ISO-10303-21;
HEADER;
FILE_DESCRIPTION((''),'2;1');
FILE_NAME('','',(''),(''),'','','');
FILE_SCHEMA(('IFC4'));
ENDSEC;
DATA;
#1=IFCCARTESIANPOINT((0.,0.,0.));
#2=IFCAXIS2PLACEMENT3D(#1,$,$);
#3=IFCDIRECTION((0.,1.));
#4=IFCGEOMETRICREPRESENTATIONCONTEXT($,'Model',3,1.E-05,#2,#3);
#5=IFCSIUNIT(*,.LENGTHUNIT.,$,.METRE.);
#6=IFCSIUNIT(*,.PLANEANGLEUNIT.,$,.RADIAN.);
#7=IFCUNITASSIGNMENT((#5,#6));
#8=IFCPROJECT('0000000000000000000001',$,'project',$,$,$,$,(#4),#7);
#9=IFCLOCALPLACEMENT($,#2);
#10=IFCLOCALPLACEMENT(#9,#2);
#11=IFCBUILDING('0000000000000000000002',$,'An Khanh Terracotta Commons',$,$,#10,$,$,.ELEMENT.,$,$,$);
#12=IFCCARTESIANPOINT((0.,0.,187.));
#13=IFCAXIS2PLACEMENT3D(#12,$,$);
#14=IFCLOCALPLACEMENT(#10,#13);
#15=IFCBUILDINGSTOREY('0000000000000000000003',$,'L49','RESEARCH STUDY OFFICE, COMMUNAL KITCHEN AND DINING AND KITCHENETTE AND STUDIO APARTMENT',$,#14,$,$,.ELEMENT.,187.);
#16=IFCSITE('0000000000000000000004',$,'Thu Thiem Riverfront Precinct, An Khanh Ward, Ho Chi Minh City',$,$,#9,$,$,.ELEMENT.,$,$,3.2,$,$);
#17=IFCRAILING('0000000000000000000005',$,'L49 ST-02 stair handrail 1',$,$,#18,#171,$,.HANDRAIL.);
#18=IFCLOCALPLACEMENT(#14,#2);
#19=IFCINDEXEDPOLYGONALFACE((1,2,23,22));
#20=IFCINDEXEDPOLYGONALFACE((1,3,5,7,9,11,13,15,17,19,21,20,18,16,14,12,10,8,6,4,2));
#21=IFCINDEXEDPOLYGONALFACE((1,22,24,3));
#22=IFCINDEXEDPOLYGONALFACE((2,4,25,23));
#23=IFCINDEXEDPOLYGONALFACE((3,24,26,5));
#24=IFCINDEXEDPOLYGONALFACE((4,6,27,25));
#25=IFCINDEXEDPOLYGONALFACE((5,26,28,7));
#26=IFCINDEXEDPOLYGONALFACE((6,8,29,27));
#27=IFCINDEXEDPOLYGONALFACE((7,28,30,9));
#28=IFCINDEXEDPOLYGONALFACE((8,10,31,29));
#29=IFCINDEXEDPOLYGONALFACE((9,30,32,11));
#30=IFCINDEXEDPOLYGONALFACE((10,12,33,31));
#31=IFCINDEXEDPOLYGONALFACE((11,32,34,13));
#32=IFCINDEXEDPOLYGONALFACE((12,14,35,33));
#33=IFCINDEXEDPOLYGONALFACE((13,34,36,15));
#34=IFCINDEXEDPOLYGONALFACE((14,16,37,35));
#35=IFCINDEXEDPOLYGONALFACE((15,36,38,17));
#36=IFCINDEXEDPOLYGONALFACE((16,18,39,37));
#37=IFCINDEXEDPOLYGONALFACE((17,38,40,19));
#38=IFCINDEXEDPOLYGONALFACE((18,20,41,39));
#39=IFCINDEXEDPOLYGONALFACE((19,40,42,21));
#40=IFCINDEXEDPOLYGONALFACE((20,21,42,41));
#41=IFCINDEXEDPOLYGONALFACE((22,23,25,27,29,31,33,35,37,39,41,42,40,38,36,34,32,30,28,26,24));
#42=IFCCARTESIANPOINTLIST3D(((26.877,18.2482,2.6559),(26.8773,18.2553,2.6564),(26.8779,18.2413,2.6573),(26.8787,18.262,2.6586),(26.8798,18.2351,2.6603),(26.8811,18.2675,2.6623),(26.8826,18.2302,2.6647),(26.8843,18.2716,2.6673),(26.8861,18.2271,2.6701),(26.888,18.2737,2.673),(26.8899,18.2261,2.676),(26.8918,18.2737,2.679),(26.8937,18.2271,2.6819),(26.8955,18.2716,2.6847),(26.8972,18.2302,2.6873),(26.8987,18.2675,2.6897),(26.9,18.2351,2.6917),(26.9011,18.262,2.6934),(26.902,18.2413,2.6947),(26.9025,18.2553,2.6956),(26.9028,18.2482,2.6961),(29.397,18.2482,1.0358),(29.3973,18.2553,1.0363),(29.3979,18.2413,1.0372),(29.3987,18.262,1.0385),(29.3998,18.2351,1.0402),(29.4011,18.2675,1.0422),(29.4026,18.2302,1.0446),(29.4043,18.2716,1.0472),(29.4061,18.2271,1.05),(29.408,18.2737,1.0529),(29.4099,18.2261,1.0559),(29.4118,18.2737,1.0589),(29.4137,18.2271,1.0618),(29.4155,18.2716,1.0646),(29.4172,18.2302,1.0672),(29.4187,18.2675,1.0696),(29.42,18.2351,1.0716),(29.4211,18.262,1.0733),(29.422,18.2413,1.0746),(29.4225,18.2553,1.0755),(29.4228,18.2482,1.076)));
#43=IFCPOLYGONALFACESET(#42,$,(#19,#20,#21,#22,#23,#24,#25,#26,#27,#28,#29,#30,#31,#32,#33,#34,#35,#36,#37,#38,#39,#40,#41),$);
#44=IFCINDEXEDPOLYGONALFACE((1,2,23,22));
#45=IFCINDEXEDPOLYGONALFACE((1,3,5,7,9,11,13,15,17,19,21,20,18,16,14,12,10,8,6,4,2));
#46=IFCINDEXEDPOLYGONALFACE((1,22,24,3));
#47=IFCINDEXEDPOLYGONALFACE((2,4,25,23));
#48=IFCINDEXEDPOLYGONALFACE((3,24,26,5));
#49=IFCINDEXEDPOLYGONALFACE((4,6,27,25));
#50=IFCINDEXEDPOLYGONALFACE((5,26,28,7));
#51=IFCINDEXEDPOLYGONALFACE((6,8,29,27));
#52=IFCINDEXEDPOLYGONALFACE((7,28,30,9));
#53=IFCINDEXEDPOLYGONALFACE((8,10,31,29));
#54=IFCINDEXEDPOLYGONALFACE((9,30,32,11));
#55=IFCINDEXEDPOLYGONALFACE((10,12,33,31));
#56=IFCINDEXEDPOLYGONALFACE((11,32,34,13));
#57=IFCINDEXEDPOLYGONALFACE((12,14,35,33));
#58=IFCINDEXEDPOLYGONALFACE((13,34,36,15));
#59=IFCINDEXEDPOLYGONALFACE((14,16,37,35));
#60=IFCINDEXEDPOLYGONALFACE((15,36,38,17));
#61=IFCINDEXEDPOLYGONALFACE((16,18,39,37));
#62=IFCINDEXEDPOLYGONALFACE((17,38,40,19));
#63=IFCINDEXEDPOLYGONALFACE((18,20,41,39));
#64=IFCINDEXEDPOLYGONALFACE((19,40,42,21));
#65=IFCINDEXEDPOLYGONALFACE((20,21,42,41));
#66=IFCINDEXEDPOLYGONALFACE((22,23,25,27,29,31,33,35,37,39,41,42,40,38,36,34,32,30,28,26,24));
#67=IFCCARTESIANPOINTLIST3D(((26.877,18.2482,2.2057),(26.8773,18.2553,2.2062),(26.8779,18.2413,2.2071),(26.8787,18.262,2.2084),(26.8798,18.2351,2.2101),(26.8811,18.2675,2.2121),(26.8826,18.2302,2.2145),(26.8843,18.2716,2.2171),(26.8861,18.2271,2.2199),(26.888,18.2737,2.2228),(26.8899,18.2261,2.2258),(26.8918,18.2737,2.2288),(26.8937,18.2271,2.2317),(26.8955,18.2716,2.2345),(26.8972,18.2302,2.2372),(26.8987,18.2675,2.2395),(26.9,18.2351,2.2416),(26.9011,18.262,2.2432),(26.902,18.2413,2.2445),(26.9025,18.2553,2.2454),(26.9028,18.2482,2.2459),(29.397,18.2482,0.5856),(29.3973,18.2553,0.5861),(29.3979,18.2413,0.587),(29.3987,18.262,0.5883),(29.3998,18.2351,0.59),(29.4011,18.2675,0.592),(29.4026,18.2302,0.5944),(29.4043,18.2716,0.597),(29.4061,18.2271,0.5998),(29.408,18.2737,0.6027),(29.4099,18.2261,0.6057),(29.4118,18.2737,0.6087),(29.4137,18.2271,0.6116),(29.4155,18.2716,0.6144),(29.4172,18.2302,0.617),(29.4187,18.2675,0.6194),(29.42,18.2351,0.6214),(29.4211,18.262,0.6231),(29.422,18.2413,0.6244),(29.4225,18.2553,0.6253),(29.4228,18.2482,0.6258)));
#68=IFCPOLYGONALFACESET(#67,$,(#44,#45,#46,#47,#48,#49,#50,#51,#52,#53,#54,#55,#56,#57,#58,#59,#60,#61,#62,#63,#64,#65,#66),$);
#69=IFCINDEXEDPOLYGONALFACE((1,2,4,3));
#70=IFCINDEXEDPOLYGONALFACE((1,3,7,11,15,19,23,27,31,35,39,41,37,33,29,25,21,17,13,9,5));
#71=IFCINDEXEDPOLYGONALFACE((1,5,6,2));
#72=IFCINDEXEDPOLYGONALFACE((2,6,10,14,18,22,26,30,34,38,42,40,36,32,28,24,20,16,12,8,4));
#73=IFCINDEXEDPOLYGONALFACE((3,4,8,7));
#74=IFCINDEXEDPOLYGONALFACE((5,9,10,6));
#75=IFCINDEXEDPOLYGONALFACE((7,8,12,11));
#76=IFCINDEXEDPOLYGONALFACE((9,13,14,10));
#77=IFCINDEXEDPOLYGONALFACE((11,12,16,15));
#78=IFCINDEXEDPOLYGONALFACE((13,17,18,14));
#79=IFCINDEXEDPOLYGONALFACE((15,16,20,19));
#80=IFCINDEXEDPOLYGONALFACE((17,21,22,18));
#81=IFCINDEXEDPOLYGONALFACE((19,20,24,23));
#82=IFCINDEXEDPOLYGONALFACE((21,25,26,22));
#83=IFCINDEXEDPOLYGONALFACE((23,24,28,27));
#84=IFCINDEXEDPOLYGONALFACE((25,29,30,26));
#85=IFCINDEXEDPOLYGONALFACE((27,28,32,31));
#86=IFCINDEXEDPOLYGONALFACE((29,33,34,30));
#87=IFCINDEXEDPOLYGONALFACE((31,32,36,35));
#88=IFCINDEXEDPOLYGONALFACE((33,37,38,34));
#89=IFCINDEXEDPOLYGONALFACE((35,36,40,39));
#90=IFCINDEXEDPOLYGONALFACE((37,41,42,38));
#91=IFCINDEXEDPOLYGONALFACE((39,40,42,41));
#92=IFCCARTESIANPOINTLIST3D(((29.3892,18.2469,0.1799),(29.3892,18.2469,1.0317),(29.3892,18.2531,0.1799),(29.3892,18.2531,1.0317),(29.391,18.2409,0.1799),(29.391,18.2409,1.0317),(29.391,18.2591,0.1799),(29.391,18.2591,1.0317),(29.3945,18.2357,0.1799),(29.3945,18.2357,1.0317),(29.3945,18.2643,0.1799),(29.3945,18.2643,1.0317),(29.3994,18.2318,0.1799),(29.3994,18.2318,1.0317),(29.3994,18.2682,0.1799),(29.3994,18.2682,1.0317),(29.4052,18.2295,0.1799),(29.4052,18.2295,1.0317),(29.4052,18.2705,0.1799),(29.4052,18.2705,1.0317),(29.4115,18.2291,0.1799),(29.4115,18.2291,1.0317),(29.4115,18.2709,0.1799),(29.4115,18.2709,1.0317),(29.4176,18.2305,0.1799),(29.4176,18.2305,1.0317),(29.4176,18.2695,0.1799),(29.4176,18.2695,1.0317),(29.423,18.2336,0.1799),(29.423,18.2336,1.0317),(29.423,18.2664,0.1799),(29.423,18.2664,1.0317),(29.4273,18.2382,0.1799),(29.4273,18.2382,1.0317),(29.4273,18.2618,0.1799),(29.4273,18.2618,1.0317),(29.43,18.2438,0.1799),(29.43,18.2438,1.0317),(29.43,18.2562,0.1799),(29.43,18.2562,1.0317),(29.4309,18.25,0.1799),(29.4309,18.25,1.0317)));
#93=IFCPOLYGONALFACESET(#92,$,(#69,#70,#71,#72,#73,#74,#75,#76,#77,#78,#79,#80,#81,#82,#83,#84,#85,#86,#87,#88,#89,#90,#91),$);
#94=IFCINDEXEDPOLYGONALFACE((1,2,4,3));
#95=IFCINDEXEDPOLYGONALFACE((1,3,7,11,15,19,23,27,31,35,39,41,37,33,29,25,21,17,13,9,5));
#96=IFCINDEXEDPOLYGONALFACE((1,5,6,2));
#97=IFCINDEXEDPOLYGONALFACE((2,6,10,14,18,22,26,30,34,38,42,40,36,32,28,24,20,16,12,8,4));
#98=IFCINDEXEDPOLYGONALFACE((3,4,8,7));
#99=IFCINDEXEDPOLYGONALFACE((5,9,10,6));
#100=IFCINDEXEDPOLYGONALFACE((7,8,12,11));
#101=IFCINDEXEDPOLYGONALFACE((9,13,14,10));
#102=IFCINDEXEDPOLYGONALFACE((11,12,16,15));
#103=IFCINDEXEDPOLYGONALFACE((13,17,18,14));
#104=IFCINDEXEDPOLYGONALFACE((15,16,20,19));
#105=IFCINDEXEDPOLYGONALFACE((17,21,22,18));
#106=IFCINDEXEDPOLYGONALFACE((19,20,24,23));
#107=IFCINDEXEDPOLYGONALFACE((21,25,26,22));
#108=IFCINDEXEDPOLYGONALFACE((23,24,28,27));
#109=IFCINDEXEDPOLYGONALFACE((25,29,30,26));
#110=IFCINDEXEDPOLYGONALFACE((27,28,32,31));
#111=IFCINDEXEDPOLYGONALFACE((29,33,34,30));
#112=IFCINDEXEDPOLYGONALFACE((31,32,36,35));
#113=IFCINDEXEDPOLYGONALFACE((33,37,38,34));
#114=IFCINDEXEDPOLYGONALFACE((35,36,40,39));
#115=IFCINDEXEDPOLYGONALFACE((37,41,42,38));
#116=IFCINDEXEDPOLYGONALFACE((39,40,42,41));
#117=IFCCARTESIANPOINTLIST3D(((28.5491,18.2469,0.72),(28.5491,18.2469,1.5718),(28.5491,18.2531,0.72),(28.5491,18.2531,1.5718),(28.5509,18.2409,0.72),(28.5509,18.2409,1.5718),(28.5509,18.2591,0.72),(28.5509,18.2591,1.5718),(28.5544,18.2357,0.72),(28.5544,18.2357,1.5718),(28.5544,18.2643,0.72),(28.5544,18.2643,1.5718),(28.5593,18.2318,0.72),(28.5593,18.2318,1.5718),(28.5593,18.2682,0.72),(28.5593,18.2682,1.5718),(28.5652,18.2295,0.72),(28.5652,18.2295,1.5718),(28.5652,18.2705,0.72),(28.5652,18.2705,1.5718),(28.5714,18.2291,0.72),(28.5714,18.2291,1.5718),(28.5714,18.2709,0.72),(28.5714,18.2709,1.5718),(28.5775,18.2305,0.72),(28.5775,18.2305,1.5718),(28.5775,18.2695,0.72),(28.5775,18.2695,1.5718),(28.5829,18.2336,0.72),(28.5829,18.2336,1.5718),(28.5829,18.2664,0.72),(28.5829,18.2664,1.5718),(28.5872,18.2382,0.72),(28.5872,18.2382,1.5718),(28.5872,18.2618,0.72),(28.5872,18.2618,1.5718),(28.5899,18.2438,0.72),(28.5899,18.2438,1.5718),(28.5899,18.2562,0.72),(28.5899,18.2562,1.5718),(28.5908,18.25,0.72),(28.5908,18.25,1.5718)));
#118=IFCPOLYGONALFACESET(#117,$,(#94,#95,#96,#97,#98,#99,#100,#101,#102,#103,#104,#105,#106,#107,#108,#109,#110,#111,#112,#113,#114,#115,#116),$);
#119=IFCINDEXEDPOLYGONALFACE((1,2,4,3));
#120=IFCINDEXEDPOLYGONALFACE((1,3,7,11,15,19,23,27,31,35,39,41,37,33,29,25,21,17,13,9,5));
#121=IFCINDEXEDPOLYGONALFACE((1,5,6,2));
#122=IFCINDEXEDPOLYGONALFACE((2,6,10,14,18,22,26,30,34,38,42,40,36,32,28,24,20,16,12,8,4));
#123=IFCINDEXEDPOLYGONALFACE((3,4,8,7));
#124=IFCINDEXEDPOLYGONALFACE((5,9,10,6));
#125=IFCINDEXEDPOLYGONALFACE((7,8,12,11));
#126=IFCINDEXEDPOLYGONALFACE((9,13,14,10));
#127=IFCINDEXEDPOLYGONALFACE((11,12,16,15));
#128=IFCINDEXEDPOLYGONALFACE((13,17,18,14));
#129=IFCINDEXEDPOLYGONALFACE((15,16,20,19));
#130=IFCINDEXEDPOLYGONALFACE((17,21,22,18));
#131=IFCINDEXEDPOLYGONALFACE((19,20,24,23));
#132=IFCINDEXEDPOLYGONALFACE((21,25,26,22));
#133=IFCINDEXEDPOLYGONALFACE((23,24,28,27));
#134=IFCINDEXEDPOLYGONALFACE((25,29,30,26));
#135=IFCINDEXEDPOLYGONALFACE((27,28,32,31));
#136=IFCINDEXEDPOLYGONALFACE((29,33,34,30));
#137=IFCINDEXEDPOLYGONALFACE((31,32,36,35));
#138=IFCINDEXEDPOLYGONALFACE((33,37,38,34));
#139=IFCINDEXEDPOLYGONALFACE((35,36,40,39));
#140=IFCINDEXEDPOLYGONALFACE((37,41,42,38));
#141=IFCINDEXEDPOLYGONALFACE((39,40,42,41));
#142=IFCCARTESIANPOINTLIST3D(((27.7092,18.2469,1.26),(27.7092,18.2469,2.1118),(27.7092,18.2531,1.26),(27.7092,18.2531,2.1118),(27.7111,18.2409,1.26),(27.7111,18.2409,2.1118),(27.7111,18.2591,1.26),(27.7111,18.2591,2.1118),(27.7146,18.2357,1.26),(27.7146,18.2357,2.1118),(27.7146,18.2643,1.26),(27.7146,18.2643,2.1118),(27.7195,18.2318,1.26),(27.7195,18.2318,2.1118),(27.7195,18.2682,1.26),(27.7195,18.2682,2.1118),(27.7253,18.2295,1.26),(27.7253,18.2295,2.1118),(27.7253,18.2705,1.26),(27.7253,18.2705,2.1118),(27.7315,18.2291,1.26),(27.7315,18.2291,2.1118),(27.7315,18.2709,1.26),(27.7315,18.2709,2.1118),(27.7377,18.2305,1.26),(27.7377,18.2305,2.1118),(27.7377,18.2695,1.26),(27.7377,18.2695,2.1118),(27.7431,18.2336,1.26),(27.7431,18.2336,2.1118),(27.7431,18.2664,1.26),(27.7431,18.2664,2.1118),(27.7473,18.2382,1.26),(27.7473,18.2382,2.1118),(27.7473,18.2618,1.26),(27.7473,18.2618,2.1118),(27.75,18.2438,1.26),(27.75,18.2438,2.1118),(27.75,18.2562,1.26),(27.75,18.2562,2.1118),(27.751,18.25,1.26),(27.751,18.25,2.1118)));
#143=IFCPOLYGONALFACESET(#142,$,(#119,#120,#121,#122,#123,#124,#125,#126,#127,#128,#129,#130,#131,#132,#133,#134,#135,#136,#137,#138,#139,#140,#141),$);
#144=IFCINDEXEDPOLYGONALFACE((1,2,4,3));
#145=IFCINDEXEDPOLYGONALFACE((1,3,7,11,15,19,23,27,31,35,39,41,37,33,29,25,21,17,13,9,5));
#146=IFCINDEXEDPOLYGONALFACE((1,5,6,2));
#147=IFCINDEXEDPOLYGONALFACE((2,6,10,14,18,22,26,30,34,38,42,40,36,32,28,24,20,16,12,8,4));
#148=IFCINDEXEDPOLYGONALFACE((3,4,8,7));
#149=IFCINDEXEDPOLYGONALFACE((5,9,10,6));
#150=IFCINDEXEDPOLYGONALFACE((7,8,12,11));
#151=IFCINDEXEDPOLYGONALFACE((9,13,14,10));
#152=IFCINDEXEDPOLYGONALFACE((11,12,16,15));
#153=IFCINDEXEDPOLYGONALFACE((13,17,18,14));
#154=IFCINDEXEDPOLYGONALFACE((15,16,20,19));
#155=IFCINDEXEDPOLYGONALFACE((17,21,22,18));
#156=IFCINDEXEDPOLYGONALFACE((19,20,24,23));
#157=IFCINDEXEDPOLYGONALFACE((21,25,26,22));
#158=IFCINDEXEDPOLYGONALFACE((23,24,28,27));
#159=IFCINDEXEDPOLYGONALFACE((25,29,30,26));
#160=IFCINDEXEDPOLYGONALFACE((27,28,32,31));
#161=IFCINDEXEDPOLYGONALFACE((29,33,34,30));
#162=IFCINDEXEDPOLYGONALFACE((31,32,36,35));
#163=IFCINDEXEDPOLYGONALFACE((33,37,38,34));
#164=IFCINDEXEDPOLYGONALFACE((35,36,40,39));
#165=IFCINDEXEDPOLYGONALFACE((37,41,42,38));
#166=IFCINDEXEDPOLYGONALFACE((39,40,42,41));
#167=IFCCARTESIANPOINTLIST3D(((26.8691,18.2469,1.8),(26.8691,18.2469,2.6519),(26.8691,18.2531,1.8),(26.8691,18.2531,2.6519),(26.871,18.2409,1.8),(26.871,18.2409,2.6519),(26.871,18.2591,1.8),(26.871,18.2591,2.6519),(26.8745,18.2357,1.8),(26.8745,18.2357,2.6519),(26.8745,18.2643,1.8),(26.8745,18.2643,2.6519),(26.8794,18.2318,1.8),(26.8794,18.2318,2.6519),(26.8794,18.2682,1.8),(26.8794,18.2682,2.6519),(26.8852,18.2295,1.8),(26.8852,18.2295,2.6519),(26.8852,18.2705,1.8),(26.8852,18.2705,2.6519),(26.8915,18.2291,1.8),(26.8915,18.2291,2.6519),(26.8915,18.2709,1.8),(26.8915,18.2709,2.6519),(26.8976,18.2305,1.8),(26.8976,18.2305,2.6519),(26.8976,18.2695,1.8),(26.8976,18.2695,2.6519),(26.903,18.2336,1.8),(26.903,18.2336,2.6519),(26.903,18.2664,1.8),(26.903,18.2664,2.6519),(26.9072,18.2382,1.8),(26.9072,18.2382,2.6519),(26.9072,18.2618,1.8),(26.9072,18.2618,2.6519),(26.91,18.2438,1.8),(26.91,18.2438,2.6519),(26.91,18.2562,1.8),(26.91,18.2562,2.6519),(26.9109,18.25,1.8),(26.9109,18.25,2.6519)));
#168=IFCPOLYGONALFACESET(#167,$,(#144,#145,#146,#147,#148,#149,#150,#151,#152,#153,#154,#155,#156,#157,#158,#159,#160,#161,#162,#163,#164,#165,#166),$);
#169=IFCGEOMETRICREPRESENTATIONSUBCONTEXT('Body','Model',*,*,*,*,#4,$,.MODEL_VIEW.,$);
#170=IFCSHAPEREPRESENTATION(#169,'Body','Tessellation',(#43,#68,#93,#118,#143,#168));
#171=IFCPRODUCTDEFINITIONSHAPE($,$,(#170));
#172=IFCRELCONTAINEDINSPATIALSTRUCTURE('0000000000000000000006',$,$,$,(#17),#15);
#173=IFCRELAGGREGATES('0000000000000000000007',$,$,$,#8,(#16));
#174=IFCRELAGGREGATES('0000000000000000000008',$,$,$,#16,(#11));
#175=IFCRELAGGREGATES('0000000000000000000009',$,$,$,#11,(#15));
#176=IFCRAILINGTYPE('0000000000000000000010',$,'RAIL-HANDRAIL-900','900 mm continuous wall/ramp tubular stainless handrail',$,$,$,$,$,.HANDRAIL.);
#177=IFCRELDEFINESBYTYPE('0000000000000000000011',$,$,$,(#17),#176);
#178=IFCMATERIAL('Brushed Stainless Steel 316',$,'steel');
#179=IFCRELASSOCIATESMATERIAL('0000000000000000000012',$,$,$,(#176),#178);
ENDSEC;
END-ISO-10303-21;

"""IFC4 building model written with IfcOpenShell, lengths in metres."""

from ifc_helpers import new_model, si_unit, direction, frame, origin, origin_2d, place, context, subcontext, project, spatial, circle, extrude, material, type_object, element, save


model = new_model("IFC4")

# Units and contexts
model_context = context("Model", 3, precision=1e-05, world=origin(), true_north=direction((0.0, 1.0)))
body_context = subcontext(model_context, "Body", "Model", "MODEL_VIEW")
ifc_project = project(units=[si_unit("LENGTHUNIT", "METRE"), si_unit("PLANEANGLEUNIT", "RADIAN")], contexts=[model_context])

# Site, building, storey
site_placement = place(None, origin())
site = spatial("IfcSite", under=ifc_project, at=site_placement, Name="Thu Thiem Riverfront Precinct, An Khanh Ward, Ho Chi Minh City", CompositionType="ELEMENT", RefElevation=3.2)
building_placement = place(site_placement, origin())
building = spatial("IfcBuilding", under=site, at=building_placement, Name="An Khanh Terracotta Commons", CompositionType="ELEMENT")
storey_placement = place(building_placement, frame((0.0, 0.0, 187.0)))
storey = spatial("IfcBuildingStorey", under=building, at=storey_placement, Name="L49", Description="RESEARCH STUDY OFFICE, COMMUNAL KITCHEN AND DINING AND KITCHENETTE AND STUDIO APARTMENT", CompositionType="ELEMENT", Elevation=187.0)

# Railing
ifc_material_1 = material(Name="Brushed Stainless Steel 316", Category="steel")
railing_type_1 = type_object("IfcRailingType", Name="RAIL-HANDRAIL-900", Description="900 mm continuous wall/ramp tubular stainless handrail", PredefinedType="HANDRAIL", material=ifc_material_1)
railing_1_placement = place(storey_placement, frame((29.4099, 18.25, 0.1799)))
element("IfcRailing", 1, at=railing_1_placement, inside=storey, type_object=railing_type_1, Name="L49 ST-02 stair handrail 1", PredefinedType="HANDRAIL", context=body_context, shape_type="SweptSolid", body=[
    extrude(circle(Radius=0.0239, at=origin_2d()), frame((0.0, 0.0, 0.876), z_axis=(-0.841163, 0.0, 0.540782), x_axis=(0.0, -1.0, 0.0)), (0.0, 0.0, 1.0), 2.9958),
    extrude(circle(Radius=0.0239, at=origin_2d()), frame((0.0, 0.0, 0.4258), z_axis=(-0.841163, 0.0, 0.540782), x_axis=(0.0, -1.0, 0.0)), (0.0, 0.0, 1.0), 2.9958),
    extrude(circle(Radius=0.021, at=origin_2d()), origin(), (0.0, 0.0, 1.0), 0.8518),
    extrude(circle(Radius=0.021, at=origin_2d()), frame((-0.8401, 0.0, 0.54)), (0.0, 0.0, 1.0), 0.8518),
    extrude(circle(Radius=0.021, at=origin_2d()), frame((-1.6799, 0.0, 1.0801)), (0.0, 0.0, 1.0), 0.8518),
    extrude(circle(Radius=0.021, at=origin_2d()), frame((-2.52, 0.0, 1.6201)), (0.0, 0.0, 1.0), 0.8518),
])

save(model, "model.ifc")
